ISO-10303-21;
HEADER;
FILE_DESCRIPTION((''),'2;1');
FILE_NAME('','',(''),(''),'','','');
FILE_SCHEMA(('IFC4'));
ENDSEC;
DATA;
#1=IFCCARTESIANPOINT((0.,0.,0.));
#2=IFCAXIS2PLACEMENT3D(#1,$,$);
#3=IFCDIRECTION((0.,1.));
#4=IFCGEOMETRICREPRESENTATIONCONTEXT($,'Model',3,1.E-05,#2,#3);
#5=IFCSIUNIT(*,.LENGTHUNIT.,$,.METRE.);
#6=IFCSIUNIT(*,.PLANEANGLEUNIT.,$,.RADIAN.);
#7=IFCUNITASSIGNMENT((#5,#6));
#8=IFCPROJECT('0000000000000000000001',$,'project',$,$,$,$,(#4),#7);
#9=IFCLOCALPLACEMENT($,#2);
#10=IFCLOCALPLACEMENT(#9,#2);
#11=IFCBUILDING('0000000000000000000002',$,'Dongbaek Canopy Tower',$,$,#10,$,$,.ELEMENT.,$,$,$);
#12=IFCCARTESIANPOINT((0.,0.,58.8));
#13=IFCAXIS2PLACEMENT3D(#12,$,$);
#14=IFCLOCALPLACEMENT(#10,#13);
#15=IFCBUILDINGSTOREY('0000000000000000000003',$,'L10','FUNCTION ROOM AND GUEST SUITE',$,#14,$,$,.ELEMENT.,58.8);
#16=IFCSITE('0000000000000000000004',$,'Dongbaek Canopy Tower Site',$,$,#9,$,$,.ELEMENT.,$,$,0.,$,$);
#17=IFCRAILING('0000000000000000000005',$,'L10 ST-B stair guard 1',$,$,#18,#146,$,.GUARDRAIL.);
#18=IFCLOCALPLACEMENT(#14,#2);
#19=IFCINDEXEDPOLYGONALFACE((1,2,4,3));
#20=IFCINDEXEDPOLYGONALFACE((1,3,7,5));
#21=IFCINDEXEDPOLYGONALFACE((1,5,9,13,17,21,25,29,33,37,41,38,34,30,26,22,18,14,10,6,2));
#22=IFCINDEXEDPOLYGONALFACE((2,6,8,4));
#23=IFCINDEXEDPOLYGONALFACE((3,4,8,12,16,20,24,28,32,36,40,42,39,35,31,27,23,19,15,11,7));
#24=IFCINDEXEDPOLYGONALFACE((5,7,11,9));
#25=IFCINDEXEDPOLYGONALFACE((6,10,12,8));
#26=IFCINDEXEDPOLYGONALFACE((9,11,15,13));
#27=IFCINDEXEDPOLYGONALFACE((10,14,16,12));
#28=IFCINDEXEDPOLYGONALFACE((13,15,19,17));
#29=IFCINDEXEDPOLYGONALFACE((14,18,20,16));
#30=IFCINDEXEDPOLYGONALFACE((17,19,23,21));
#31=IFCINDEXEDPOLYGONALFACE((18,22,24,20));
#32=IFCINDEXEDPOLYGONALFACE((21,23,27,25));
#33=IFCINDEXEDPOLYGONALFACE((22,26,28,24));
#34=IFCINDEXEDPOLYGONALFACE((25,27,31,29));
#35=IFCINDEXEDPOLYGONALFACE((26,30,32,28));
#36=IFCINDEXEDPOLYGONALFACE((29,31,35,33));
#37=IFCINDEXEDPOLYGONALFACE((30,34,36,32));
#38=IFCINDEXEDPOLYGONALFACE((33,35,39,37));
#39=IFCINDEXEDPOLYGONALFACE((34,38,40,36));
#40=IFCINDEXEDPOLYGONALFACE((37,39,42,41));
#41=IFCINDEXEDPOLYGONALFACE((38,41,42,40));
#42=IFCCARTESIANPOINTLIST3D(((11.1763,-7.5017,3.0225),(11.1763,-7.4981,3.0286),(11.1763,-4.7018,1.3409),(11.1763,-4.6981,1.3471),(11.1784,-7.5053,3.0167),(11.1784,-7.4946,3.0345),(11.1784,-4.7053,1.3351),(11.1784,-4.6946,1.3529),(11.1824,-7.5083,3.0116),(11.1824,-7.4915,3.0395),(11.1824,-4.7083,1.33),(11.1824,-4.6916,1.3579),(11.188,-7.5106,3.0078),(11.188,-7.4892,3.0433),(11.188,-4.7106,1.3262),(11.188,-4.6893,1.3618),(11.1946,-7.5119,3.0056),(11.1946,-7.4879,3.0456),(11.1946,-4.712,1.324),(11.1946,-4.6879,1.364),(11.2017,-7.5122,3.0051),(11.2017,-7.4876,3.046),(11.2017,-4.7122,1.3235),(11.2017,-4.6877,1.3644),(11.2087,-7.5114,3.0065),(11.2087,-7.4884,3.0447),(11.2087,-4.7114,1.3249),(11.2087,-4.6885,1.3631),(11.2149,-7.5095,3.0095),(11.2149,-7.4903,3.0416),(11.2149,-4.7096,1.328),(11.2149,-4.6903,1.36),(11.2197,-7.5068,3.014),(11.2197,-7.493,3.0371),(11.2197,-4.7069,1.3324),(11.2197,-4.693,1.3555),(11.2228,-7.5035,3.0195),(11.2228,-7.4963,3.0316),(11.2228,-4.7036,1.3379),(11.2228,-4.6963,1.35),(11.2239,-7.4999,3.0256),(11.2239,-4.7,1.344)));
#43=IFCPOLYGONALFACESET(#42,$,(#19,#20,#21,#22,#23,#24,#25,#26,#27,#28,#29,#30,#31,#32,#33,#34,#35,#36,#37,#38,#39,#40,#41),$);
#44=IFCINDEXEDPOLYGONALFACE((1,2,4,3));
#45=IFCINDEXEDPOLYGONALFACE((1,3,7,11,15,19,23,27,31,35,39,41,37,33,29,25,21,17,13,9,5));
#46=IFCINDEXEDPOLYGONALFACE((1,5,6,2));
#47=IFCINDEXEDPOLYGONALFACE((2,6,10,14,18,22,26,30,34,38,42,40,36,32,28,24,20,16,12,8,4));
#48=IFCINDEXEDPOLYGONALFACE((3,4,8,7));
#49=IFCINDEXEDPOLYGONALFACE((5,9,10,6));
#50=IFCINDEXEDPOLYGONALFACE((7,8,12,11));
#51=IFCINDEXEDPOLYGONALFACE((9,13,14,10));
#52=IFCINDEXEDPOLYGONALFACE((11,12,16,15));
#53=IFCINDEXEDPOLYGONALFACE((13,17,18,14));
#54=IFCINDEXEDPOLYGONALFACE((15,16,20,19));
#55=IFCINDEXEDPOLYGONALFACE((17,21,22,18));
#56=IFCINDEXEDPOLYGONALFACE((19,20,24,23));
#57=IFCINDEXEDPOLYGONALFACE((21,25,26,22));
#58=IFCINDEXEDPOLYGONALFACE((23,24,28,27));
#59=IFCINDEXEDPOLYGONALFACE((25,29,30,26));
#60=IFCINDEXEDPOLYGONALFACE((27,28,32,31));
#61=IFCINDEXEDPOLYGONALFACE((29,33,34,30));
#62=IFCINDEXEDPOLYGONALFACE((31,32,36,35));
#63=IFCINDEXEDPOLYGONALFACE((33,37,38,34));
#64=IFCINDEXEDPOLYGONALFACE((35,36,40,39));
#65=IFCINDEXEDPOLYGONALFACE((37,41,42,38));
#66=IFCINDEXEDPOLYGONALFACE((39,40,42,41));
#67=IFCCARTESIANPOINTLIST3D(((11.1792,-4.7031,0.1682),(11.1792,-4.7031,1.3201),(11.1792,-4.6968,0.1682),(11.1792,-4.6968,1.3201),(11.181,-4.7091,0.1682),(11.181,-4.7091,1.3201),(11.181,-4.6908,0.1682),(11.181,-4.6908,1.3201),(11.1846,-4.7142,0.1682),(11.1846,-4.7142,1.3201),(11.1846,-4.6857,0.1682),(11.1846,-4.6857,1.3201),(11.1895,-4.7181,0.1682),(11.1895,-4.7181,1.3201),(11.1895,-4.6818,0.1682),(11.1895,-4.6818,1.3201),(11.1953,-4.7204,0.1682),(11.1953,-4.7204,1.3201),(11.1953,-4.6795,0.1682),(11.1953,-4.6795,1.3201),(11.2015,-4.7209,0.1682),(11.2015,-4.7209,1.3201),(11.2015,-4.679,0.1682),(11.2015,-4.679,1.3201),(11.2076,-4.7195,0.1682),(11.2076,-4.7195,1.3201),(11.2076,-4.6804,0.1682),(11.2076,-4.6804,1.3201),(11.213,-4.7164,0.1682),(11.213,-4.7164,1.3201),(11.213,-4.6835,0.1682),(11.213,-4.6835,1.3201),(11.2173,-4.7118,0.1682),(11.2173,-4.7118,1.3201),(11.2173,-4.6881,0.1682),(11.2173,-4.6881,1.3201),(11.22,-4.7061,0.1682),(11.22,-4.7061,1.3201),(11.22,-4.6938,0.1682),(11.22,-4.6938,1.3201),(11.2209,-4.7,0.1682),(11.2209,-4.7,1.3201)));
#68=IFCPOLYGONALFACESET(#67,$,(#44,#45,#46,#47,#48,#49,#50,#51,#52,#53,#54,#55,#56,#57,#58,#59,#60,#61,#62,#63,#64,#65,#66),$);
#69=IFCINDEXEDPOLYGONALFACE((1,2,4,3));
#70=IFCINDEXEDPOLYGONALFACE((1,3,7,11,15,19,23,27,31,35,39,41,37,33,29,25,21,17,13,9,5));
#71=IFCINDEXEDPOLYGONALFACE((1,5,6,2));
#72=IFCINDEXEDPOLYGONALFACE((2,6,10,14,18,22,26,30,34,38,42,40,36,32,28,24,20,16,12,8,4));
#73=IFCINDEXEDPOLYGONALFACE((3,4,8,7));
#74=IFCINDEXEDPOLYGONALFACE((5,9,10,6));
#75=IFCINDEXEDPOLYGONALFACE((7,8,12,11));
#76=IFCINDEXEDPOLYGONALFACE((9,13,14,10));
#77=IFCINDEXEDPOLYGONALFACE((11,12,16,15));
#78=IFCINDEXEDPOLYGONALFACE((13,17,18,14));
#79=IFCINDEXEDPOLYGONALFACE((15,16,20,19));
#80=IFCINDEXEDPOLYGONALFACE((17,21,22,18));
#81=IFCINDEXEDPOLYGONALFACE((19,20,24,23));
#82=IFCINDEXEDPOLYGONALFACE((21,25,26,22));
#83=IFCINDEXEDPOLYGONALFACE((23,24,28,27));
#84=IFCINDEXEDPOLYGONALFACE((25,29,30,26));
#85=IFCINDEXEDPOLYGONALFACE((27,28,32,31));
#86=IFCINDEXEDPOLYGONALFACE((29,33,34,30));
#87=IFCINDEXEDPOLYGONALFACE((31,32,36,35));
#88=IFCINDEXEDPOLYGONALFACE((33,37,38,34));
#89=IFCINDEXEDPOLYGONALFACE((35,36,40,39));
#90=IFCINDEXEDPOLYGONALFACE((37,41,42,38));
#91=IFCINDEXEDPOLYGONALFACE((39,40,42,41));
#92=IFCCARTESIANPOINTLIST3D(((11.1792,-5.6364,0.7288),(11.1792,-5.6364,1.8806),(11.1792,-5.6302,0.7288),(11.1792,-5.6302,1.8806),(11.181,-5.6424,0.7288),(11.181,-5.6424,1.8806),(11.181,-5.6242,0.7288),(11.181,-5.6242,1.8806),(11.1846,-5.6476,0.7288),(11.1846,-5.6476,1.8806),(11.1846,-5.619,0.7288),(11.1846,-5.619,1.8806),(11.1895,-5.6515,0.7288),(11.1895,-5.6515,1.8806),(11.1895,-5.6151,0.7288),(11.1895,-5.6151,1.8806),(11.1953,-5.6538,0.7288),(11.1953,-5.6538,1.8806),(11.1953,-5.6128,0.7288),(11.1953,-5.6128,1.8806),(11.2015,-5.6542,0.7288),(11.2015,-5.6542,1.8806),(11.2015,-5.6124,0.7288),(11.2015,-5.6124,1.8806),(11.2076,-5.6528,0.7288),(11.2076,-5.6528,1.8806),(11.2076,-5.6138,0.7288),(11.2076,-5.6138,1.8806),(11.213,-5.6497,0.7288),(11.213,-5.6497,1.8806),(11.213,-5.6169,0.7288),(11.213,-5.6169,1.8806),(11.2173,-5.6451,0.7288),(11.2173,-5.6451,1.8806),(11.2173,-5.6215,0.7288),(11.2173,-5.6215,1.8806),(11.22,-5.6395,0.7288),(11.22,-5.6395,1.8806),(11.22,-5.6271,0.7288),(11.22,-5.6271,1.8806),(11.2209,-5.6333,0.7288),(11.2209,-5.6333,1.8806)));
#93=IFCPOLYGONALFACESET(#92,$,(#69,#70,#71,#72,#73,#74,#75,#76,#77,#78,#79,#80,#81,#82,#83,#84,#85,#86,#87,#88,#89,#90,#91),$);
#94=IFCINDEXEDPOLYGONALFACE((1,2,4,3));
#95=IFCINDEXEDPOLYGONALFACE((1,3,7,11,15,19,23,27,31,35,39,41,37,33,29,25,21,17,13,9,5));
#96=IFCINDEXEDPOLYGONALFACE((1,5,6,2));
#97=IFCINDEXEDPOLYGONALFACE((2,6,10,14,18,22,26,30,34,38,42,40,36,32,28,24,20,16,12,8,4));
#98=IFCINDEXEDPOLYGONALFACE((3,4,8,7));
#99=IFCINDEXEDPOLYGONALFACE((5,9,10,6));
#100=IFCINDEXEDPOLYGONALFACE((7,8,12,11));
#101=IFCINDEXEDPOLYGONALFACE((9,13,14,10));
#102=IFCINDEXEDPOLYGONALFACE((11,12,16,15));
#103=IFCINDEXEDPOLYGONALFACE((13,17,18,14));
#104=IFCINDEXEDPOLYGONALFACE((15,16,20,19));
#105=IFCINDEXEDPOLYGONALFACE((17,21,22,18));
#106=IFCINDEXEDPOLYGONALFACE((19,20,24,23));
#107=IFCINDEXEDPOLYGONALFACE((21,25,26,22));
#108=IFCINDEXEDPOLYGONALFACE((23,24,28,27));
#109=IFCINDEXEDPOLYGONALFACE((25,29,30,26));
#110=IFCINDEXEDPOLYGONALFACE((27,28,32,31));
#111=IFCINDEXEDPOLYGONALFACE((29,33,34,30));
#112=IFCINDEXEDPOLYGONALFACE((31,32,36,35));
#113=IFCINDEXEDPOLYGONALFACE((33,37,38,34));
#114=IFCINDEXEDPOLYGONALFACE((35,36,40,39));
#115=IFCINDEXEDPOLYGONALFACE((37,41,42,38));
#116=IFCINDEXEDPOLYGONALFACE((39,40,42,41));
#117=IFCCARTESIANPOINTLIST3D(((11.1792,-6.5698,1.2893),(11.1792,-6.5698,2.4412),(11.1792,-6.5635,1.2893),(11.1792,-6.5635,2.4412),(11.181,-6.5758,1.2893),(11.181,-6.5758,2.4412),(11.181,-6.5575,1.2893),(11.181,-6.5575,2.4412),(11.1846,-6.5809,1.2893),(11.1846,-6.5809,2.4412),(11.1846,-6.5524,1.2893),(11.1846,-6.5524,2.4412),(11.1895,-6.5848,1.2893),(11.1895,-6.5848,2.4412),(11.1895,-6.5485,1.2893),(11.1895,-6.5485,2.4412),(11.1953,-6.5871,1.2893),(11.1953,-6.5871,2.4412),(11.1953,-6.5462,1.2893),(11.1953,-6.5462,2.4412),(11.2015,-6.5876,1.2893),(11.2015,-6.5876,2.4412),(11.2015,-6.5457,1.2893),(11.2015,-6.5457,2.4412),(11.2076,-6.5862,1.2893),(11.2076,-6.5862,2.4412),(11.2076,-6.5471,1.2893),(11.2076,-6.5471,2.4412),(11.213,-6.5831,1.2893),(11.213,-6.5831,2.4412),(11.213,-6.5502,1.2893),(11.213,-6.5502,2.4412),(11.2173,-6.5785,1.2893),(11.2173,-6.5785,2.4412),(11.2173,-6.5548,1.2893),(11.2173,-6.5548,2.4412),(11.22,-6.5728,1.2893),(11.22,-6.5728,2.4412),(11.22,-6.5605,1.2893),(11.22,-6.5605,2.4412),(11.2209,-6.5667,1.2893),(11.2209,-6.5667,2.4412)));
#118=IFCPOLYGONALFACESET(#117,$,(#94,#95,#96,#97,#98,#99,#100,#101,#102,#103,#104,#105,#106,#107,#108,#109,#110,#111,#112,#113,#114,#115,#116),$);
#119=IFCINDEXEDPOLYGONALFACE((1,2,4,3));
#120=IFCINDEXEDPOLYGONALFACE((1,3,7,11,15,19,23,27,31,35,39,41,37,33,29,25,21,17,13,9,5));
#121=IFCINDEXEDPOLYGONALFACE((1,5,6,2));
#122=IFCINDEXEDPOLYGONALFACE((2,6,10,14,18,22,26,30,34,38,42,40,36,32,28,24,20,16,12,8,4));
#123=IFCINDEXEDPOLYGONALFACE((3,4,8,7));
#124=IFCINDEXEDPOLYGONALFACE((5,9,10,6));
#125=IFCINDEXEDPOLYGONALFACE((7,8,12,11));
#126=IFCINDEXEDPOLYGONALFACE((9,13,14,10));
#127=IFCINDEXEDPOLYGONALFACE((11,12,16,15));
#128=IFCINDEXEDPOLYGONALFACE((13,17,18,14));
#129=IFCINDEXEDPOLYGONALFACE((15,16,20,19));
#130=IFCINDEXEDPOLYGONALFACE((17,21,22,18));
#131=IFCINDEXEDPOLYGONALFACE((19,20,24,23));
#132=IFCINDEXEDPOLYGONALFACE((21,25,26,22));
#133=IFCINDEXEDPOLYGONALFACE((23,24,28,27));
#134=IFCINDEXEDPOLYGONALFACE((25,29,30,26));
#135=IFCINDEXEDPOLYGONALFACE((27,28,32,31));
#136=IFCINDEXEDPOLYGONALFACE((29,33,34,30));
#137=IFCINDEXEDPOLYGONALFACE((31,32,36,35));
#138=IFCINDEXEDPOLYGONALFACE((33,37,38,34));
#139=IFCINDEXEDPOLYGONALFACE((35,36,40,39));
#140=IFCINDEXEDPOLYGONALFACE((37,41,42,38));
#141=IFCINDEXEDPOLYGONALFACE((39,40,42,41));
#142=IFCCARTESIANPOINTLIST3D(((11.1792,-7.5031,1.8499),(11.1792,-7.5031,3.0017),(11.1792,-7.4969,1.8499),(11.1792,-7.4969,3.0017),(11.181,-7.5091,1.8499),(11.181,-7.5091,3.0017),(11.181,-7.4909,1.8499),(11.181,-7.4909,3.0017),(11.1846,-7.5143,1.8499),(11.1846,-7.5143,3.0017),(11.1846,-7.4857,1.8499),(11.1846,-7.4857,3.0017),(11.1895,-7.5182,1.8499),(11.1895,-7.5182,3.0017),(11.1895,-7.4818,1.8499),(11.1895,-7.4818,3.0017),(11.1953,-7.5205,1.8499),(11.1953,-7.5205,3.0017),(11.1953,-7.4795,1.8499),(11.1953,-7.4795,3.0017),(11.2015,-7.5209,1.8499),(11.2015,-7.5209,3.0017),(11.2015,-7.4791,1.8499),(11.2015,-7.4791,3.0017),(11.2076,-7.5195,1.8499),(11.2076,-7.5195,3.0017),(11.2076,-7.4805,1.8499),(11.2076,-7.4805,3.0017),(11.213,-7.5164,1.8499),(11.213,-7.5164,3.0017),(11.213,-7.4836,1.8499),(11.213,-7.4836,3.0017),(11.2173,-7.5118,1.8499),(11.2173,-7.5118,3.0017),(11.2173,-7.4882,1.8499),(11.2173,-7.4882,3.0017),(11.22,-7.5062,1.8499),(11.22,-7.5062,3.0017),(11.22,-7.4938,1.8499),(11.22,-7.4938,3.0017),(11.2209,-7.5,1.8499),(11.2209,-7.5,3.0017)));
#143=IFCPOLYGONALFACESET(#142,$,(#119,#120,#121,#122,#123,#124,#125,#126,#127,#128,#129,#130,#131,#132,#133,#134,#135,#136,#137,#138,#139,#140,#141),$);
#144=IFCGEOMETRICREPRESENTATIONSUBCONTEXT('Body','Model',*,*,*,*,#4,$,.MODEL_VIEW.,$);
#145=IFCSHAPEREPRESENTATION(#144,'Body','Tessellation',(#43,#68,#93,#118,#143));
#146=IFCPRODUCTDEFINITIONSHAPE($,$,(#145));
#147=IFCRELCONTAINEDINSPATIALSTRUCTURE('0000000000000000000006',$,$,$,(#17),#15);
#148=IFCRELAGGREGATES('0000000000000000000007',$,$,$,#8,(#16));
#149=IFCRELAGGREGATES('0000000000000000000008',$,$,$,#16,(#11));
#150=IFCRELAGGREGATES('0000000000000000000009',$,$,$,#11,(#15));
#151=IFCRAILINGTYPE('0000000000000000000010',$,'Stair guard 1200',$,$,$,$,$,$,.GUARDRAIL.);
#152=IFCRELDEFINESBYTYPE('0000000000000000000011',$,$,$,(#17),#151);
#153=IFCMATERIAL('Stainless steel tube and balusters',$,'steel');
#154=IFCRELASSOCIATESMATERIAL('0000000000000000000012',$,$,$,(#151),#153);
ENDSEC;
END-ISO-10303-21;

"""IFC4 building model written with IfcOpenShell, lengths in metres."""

from ifc_helpers import new_model, si_unit, direction, frame, origin, origin_2d, place, context, subcontext, project, spatial, circle, extrude, material, type_object, element, save


model = new_model("IFC4")

# Units and contexts
model_context = context("Model", 3, precision=1e-05, world=origin(), true_north=direction((0.0, 1.0)))
body_context = subcontext(model_context, "Body", "Model", "MODEL_VIEW")
ifc_project = project(units=[si_unit("LENGTHUNIT", "METRE"), si_unit("PLANEANGLEUNIT", "RADIAN")], contexts=[model_context])

# Site, building, storey
site_placement = place(None, origin())
site = spatial("IfcSite", under=ifc_project, at=site_placement, Name="Dongbaek Canopy Tower Site", CompositionType="ELEMENT", RefElevation=0.0)
building_placement = place(site_placement, origin())
building = spatial("IfcBuilding", under=site, at=building_placement, Name="Dongbaek Canopy Tower", CompositionType="ELEMENT")
storey_placement = place(building_placement, frame((0.0, 0.0, 58.8)))
storey = spatial("IfcBuildingStorey", under=building, at=storey_placement, Name="L10", Description="FUNCTION ROOM AND GUEST SUITE", CompositionType="ELEMENT", Elevation=58.8)

# Railing
ifc_material_1 = material(Name="Stainless steel tube and balusters", Category="steel")
railing_type_1 = type_object("IfcRailingType", Name="Stair guard 1200", PredefinedType="GUARDRAIL", material=ifc_material_1)
railing_1_placement = place(storey_placement, frame((11.2, -4.7, 0.1682)))
element("IfcRailing", 1, at=railing_1_placement, inside=storey, type_object=railing_type_1, Name="L10 ST-B stair guard 1", PredefinedType="GUARDRAIL", context=body_context, shape_type="SweptSolid", body=[
    extrude(circle(Radius=0.0239, at=origin_2d()), frame((0.0, 0.0, 1.1758), z_axis=(0.0, -0.857275, 0.514858), x_axis=(1.0, 0.0, 0.0)), (0.0, 0.0, 1.0), 3.2661),
    extrude(circle(Radius=0.021, at=origin_2d()), origin(), (0.0, 0.0, 1.0), 1.1519),
    extrude(circle(Radius=0.021, at=origin_2d()), frame((0.0, -0.9333, 0.5605)), (0.0, 0.0, 1.0), 1.1519),
    extrude(circle(Radius=0.021, at=origin_2d()), frame((0.0, -1.8667, 1.1211)), (0.0, 0.0, 1.0), 1.1519),
    extrude(circle(Radius=0.021, at=origin_2d()), frame((0.0, -2.8, 1.6816)), (0.0, 0.0, 1.0), 1.1519),
])

save(model, "model.ifc")
